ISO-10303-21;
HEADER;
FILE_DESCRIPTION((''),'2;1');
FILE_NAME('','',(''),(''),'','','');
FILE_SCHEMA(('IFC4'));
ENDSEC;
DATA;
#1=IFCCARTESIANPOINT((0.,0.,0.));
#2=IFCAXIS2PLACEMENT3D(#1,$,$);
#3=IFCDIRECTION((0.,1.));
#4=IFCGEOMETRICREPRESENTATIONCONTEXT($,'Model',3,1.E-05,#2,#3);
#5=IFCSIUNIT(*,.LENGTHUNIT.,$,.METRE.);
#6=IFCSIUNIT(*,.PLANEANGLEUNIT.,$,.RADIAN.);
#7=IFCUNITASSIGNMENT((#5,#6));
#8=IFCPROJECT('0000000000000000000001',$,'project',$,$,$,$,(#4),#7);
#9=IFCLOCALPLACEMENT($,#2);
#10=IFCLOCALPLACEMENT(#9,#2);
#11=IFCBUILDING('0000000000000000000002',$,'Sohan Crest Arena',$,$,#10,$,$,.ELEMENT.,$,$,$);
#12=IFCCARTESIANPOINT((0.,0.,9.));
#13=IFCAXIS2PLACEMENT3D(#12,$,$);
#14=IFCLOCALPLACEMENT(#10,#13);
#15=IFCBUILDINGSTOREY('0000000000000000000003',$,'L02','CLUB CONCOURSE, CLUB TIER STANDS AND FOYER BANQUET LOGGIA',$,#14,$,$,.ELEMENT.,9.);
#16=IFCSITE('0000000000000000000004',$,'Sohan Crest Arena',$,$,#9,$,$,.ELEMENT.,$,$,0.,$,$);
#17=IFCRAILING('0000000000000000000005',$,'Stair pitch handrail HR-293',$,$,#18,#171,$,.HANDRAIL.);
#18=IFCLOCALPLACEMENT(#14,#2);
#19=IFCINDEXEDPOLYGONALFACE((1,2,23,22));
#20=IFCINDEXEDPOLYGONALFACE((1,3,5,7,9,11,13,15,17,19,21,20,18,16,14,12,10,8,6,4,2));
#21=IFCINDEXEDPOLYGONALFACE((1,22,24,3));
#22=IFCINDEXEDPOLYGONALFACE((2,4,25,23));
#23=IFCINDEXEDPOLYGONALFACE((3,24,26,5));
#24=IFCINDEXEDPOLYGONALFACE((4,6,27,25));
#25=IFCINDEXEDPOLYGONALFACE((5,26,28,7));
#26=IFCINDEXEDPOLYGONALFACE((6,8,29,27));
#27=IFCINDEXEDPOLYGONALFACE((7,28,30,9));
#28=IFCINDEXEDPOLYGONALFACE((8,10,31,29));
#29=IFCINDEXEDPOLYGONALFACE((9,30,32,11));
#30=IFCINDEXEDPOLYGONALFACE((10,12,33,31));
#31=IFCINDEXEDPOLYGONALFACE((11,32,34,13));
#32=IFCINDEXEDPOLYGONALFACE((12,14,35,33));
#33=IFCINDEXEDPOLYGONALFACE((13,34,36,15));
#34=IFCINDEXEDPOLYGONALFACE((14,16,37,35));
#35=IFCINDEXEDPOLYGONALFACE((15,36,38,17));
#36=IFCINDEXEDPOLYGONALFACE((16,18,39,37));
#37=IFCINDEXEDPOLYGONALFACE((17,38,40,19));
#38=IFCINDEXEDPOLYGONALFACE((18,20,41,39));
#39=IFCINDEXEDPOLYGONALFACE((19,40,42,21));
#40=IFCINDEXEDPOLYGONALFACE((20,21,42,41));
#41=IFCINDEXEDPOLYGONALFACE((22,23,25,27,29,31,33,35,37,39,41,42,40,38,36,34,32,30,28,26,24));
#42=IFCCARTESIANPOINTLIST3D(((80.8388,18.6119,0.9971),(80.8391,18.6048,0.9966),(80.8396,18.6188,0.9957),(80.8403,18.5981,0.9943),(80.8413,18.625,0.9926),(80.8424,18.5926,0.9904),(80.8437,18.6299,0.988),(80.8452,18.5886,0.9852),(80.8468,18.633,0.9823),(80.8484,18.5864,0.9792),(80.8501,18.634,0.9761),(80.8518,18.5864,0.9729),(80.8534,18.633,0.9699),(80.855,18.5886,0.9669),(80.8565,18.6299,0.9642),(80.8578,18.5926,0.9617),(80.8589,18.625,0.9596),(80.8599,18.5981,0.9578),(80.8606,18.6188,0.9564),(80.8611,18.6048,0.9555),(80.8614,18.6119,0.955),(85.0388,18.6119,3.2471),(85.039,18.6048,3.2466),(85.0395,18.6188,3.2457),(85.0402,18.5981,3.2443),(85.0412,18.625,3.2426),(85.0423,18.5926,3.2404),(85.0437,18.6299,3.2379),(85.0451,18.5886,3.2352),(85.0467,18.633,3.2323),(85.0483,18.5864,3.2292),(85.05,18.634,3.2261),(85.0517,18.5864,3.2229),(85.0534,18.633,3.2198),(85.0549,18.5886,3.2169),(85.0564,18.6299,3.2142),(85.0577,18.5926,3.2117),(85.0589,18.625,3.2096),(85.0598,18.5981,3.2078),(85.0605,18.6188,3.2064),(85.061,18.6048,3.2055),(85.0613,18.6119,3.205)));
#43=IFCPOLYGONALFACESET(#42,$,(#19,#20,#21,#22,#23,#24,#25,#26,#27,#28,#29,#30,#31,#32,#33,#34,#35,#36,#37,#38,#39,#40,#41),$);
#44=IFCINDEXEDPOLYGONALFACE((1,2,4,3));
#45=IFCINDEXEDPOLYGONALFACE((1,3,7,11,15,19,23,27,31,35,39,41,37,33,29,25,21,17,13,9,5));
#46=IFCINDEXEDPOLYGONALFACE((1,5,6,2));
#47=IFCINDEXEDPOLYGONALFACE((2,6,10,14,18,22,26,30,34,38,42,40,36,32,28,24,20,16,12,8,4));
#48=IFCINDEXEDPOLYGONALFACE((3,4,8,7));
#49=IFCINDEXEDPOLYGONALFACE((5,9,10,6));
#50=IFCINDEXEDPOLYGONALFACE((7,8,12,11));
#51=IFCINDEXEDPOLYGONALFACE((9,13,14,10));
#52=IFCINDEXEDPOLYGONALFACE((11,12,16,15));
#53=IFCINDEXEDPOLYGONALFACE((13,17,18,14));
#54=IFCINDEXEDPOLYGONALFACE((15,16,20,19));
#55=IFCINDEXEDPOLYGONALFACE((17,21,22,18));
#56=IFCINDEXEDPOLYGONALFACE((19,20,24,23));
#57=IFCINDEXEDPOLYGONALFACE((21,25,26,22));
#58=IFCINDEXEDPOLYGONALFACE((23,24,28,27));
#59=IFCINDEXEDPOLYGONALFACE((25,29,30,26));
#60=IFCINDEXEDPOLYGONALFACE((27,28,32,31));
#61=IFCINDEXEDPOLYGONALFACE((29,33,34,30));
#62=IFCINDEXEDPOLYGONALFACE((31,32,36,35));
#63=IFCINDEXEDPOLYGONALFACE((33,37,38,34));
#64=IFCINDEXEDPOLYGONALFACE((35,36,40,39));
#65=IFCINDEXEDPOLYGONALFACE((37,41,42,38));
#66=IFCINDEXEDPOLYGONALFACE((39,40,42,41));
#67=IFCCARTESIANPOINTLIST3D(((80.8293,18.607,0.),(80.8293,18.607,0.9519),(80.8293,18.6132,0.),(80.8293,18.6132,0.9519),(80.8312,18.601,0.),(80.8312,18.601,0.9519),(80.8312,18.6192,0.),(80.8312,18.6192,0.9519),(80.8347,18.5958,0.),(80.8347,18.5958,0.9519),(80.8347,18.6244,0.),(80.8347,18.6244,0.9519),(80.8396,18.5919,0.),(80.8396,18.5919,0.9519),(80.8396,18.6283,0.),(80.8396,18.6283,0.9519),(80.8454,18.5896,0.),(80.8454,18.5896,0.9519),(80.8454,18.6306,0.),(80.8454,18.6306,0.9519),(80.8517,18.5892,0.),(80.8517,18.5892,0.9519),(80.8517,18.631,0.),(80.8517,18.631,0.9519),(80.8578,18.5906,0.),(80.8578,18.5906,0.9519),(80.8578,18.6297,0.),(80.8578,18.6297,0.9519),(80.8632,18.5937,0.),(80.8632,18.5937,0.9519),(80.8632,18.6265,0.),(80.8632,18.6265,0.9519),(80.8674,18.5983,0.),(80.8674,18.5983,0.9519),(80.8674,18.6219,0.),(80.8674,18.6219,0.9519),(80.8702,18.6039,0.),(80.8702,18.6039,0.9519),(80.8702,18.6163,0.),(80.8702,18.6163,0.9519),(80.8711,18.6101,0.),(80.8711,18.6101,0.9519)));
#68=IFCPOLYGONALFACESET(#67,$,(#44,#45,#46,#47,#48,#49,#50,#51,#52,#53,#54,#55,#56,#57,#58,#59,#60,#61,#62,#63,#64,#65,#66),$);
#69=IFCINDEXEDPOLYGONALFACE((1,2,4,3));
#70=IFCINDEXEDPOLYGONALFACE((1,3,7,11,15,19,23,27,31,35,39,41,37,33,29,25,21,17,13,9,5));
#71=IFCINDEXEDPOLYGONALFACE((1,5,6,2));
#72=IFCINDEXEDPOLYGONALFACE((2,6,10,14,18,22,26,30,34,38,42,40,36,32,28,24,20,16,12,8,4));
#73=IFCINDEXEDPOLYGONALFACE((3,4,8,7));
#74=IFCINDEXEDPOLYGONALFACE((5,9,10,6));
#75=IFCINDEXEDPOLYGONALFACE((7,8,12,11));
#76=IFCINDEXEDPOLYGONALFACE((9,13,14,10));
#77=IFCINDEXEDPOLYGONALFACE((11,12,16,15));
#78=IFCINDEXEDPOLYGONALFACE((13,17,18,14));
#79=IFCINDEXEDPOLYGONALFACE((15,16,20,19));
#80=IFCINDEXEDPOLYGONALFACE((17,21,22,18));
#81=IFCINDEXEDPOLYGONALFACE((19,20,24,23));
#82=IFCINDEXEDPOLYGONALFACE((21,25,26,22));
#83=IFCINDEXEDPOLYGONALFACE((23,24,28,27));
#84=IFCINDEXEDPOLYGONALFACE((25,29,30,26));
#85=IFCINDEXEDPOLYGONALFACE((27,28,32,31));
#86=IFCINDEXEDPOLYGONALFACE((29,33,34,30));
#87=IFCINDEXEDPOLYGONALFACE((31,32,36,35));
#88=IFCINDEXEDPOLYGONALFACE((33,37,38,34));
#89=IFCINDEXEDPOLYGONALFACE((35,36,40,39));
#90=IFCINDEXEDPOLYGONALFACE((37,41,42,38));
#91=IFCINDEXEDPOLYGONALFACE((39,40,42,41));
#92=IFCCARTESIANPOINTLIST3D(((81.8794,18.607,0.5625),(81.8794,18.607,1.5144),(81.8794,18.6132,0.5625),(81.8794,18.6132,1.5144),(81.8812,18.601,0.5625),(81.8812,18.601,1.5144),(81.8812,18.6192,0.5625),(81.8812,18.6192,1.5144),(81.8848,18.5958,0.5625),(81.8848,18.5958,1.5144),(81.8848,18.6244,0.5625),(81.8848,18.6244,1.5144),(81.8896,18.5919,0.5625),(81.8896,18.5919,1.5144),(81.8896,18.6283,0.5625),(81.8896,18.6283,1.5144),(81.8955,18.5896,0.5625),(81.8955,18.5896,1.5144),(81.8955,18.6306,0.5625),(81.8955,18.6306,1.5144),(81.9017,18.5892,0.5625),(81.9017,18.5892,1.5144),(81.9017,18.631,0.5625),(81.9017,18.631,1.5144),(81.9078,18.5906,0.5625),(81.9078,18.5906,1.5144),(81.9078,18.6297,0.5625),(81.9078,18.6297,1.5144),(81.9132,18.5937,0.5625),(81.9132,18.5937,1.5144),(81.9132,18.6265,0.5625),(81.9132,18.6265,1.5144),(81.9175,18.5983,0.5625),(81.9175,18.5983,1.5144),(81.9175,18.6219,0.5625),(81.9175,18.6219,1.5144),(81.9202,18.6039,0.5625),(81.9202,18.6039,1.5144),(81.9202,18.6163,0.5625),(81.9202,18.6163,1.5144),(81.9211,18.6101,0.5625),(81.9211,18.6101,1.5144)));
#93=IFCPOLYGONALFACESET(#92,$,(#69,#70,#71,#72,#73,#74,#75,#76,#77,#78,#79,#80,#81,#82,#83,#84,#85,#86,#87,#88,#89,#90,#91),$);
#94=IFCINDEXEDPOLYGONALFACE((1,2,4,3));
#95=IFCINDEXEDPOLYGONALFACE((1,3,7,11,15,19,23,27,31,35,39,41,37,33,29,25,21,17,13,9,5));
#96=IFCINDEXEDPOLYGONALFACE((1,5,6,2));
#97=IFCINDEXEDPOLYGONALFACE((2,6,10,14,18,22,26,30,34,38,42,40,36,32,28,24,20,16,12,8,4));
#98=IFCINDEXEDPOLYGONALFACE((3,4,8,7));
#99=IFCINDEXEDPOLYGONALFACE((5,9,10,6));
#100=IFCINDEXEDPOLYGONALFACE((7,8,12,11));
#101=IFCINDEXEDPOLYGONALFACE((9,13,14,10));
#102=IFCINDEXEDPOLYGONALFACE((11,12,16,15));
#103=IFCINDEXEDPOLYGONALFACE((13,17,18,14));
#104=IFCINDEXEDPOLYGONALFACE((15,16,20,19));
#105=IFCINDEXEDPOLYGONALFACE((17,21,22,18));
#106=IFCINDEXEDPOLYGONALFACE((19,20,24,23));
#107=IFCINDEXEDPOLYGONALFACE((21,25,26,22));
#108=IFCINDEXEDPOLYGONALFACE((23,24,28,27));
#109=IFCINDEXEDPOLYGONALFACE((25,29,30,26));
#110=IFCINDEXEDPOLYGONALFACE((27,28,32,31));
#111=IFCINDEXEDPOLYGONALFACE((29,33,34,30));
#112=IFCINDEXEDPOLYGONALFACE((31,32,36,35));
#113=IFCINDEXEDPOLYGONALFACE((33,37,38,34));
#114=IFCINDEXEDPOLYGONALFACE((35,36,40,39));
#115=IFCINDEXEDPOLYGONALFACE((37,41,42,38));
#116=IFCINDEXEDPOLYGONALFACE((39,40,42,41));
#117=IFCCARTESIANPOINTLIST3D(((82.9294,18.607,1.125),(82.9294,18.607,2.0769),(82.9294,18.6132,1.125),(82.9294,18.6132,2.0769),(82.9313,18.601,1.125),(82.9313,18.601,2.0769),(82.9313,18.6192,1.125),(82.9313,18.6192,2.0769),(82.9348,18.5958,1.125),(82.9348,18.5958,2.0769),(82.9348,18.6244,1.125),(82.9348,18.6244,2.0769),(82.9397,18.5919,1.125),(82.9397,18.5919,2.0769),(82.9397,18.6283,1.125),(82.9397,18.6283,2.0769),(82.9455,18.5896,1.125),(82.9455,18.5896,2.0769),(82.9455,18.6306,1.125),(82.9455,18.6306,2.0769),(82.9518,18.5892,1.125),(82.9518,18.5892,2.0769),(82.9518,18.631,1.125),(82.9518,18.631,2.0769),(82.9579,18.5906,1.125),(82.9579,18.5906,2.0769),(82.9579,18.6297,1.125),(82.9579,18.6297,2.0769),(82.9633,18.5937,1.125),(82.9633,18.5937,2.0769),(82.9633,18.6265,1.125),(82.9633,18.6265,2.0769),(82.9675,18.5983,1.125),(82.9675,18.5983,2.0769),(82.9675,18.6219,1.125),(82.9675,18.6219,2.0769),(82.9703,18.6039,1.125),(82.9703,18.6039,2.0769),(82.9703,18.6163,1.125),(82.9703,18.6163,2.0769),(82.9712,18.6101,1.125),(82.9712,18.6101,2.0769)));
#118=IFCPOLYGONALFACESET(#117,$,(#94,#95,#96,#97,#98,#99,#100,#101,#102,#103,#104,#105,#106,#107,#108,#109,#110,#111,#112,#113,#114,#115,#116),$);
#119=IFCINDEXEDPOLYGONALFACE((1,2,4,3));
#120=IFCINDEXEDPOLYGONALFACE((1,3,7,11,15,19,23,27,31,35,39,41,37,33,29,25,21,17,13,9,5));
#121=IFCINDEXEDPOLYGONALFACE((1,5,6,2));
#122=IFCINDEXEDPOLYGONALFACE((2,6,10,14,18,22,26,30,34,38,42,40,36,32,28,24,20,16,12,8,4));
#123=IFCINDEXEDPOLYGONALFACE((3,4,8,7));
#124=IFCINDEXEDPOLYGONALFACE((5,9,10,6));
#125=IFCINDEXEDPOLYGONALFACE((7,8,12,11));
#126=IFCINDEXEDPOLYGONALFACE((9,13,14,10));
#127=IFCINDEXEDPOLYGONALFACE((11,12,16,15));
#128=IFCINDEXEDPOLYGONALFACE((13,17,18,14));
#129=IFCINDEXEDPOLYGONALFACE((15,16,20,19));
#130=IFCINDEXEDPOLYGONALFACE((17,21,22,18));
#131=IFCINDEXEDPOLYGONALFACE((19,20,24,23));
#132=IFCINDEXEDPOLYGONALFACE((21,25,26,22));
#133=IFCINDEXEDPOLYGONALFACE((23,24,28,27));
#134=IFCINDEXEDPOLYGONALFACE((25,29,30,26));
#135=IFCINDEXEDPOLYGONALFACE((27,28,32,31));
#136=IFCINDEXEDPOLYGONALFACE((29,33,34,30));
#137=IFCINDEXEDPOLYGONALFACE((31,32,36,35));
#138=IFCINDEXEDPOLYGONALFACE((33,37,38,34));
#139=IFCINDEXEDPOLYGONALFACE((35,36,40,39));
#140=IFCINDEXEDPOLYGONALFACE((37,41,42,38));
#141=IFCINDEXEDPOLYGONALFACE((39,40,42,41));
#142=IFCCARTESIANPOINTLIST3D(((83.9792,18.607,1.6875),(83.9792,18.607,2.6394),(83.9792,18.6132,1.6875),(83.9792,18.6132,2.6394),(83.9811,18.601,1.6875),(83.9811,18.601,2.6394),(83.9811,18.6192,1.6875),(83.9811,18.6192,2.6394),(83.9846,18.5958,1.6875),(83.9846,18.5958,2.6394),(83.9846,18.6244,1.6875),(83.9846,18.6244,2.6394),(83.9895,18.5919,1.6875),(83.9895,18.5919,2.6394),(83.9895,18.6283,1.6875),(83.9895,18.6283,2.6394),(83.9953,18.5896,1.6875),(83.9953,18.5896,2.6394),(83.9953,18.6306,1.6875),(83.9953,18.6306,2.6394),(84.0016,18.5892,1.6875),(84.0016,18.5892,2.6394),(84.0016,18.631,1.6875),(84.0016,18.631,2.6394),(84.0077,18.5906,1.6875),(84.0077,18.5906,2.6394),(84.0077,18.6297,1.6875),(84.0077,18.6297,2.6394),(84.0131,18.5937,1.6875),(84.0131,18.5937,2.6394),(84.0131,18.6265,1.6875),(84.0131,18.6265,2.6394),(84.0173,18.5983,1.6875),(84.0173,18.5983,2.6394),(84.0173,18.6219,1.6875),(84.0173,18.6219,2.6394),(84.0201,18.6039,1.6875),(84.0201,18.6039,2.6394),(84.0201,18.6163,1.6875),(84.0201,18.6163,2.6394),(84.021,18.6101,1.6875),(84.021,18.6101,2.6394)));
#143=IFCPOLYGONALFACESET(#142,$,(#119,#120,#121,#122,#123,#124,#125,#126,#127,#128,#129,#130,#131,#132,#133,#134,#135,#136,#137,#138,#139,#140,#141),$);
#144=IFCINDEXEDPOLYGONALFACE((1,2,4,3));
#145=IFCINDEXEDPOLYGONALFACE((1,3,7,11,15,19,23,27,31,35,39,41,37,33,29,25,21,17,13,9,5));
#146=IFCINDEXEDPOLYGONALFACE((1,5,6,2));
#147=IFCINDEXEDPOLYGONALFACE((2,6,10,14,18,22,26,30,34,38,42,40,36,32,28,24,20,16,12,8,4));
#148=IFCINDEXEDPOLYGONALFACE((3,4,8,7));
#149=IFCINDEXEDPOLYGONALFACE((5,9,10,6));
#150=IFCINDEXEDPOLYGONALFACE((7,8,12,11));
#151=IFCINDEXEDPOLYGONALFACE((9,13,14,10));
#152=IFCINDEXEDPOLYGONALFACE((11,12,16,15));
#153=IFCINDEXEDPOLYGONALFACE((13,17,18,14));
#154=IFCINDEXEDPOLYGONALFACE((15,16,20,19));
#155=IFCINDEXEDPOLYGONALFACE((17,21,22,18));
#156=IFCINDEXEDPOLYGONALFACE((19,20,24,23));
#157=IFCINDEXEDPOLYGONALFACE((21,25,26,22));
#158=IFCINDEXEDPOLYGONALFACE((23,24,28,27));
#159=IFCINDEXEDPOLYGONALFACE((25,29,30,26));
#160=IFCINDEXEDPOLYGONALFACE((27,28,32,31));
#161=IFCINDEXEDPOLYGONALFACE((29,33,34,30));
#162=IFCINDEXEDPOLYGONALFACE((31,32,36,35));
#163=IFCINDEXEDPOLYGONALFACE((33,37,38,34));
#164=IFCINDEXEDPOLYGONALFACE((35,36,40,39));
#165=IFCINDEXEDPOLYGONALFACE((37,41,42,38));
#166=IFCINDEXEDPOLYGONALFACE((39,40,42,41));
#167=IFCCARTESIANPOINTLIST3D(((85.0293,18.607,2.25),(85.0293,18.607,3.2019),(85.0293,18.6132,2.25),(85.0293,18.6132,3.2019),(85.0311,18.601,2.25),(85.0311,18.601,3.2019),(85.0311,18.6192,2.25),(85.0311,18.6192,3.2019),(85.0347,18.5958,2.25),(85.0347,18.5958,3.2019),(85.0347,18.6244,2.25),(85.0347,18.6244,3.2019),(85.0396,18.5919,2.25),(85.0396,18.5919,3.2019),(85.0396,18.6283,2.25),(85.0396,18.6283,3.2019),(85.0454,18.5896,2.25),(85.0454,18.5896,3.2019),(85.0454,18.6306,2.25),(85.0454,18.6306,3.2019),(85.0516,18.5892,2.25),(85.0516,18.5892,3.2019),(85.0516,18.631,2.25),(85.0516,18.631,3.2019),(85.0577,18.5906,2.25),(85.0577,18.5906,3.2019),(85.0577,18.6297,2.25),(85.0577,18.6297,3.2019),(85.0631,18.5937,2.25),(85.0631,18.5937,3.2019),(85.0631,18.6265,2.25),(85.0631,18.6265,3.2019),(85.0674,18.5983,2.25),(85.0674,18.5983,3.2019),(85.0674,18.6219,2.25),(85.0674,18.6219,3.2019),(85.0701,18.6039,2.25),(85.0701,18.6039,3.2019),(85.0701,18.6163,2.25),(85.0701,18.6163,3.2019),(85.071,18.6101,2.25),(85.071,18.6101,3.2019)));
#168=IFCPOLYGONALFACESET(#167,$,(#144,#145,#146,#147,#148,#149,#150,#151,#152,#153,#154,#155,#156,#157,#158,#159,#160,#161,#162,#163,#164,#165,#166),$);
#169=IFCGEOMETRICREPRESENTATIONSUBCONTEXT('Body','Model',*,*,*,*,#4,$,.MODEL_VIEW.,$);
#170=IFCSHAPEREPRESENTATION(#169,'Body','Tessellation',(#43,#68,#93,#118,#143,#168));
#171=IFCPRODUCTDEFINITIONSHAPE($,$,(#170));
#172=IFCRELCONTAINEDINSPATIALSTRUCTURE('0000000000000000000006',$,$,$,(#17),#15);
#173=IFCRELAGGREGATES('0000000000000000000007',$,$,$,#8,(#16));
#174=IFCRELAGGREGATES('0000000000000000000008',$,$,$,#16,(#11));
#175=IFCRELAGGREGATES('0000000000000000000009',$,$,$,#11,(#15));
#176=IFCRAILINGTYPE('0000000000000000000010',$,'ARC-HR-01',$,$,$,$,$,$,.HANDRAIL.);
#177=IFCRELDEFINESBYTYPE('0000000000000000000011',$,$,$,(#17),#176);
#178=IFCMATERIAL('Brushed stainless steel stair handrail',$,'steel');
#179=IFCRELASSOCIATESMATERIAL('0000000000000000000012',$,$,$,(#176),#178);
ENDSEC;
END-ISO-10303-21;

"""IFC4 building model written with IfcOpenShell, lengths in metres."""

from ifc_helpers import new_model, si_unit, direction, frame, origin, origin_2d, place, context, subcontext, project, spatial, circle, extrude, material, type_object, element, save


model = new_model("IFC4")

# Units and contexts
model_context = context("Model", 3, precision=1e-05, world=origin(), true_north=direction((0.0, 1.0)))
body_context = subcontext(model_context, "Body", "Model", "MODEL_VIEW")
ifc_project = project(units=[si_unit("LENGTHUNIT", "METRE"), si_unit("PLANEANGLEUNIT", "RADIAN")], contexts=[model_context])

# Site, building, storey
site_placement = place(None, origin())
site = spatial("IfcSite", under=ifc_project, at=site_placement, Name="Sohan Crest Arena", CompositionType="ELEMENT", RefElevation=0.0)
building_placement = place(site_placement, origin())
building = spatial("IfcBuilding", under=site, at=building_placement, Name="Sohan Crest Arena", CompositionType="ELEMENT")
storey_placement = place(building_placement, frame((0.0, 0.0, 9.0)))
storey = spatial("IfcBuildingStorey", under=building, at=storey_placement, Name="L02", Description="CLUB CONCOURSE, CLUB TIER STANDS AND FOYER BANQUET LOGGIA", CompositionType="ELEMENT", Elevation=9.0)

# Railing
ifc_material_1 = material(Name="Brushed stainless steel stair handrail", Category="steel")
railing_type_1 = type_object("IfcRailingType", Name="ARC-HR-01", PredefinedType="HANDRAIL", material=ifc_material_1)
for number, where, name in (
    (1, (80.8501, 18.6101, 0.0), "Stair pitch handrail HR-293"),
):
    element("IfcRailing", number, at=place(storey_placement, frame(where)), inside=storey, type_object=railing_type_1, Name=name, PredefinedType="HANDRAIL", context=body_context, shape_type="SweptSolid", body=[
        extrude(circle(Radius=0.0239, at=origin_2d()), frame((0.0, 0.0, 0.9761), z_axis=(0.881478, 0.0, 0.472226), x_axis=(0.0, 1.0, 0.0)), (0.0, 0.0, 1.0), 4.7646),
        extrude(circle(Radius=0.021, at=origin_2d()), origin(), (0.0, 0.0, 1.0), 0.9519),
        extrude(circle(Radius=0.021, at=origin_2d()), frame((1.05, 0.0, 0.5625)), (0.0, 0.0, 1.0), 0.9519),
        extrude(circle(Radius=0.021, at=origin_2d()), frame((2.1001, 0.0, 1.125)), (0.0, 0.0, 1.0), 0.9519),
        extrude(circle(Radius=0.021, at=origin_2d()), frame((3.1499, 0.0, 1.6875)), (0.0, 0.0, 1.0), 0.9519),
        extrude(circle(Radius=0.021, at=origin_2d()), frame((4.2, 0.0, 2.25)), (0.0, 0.0, 1.0), 0.9519),
    ])

save(model, "model.ifc")
